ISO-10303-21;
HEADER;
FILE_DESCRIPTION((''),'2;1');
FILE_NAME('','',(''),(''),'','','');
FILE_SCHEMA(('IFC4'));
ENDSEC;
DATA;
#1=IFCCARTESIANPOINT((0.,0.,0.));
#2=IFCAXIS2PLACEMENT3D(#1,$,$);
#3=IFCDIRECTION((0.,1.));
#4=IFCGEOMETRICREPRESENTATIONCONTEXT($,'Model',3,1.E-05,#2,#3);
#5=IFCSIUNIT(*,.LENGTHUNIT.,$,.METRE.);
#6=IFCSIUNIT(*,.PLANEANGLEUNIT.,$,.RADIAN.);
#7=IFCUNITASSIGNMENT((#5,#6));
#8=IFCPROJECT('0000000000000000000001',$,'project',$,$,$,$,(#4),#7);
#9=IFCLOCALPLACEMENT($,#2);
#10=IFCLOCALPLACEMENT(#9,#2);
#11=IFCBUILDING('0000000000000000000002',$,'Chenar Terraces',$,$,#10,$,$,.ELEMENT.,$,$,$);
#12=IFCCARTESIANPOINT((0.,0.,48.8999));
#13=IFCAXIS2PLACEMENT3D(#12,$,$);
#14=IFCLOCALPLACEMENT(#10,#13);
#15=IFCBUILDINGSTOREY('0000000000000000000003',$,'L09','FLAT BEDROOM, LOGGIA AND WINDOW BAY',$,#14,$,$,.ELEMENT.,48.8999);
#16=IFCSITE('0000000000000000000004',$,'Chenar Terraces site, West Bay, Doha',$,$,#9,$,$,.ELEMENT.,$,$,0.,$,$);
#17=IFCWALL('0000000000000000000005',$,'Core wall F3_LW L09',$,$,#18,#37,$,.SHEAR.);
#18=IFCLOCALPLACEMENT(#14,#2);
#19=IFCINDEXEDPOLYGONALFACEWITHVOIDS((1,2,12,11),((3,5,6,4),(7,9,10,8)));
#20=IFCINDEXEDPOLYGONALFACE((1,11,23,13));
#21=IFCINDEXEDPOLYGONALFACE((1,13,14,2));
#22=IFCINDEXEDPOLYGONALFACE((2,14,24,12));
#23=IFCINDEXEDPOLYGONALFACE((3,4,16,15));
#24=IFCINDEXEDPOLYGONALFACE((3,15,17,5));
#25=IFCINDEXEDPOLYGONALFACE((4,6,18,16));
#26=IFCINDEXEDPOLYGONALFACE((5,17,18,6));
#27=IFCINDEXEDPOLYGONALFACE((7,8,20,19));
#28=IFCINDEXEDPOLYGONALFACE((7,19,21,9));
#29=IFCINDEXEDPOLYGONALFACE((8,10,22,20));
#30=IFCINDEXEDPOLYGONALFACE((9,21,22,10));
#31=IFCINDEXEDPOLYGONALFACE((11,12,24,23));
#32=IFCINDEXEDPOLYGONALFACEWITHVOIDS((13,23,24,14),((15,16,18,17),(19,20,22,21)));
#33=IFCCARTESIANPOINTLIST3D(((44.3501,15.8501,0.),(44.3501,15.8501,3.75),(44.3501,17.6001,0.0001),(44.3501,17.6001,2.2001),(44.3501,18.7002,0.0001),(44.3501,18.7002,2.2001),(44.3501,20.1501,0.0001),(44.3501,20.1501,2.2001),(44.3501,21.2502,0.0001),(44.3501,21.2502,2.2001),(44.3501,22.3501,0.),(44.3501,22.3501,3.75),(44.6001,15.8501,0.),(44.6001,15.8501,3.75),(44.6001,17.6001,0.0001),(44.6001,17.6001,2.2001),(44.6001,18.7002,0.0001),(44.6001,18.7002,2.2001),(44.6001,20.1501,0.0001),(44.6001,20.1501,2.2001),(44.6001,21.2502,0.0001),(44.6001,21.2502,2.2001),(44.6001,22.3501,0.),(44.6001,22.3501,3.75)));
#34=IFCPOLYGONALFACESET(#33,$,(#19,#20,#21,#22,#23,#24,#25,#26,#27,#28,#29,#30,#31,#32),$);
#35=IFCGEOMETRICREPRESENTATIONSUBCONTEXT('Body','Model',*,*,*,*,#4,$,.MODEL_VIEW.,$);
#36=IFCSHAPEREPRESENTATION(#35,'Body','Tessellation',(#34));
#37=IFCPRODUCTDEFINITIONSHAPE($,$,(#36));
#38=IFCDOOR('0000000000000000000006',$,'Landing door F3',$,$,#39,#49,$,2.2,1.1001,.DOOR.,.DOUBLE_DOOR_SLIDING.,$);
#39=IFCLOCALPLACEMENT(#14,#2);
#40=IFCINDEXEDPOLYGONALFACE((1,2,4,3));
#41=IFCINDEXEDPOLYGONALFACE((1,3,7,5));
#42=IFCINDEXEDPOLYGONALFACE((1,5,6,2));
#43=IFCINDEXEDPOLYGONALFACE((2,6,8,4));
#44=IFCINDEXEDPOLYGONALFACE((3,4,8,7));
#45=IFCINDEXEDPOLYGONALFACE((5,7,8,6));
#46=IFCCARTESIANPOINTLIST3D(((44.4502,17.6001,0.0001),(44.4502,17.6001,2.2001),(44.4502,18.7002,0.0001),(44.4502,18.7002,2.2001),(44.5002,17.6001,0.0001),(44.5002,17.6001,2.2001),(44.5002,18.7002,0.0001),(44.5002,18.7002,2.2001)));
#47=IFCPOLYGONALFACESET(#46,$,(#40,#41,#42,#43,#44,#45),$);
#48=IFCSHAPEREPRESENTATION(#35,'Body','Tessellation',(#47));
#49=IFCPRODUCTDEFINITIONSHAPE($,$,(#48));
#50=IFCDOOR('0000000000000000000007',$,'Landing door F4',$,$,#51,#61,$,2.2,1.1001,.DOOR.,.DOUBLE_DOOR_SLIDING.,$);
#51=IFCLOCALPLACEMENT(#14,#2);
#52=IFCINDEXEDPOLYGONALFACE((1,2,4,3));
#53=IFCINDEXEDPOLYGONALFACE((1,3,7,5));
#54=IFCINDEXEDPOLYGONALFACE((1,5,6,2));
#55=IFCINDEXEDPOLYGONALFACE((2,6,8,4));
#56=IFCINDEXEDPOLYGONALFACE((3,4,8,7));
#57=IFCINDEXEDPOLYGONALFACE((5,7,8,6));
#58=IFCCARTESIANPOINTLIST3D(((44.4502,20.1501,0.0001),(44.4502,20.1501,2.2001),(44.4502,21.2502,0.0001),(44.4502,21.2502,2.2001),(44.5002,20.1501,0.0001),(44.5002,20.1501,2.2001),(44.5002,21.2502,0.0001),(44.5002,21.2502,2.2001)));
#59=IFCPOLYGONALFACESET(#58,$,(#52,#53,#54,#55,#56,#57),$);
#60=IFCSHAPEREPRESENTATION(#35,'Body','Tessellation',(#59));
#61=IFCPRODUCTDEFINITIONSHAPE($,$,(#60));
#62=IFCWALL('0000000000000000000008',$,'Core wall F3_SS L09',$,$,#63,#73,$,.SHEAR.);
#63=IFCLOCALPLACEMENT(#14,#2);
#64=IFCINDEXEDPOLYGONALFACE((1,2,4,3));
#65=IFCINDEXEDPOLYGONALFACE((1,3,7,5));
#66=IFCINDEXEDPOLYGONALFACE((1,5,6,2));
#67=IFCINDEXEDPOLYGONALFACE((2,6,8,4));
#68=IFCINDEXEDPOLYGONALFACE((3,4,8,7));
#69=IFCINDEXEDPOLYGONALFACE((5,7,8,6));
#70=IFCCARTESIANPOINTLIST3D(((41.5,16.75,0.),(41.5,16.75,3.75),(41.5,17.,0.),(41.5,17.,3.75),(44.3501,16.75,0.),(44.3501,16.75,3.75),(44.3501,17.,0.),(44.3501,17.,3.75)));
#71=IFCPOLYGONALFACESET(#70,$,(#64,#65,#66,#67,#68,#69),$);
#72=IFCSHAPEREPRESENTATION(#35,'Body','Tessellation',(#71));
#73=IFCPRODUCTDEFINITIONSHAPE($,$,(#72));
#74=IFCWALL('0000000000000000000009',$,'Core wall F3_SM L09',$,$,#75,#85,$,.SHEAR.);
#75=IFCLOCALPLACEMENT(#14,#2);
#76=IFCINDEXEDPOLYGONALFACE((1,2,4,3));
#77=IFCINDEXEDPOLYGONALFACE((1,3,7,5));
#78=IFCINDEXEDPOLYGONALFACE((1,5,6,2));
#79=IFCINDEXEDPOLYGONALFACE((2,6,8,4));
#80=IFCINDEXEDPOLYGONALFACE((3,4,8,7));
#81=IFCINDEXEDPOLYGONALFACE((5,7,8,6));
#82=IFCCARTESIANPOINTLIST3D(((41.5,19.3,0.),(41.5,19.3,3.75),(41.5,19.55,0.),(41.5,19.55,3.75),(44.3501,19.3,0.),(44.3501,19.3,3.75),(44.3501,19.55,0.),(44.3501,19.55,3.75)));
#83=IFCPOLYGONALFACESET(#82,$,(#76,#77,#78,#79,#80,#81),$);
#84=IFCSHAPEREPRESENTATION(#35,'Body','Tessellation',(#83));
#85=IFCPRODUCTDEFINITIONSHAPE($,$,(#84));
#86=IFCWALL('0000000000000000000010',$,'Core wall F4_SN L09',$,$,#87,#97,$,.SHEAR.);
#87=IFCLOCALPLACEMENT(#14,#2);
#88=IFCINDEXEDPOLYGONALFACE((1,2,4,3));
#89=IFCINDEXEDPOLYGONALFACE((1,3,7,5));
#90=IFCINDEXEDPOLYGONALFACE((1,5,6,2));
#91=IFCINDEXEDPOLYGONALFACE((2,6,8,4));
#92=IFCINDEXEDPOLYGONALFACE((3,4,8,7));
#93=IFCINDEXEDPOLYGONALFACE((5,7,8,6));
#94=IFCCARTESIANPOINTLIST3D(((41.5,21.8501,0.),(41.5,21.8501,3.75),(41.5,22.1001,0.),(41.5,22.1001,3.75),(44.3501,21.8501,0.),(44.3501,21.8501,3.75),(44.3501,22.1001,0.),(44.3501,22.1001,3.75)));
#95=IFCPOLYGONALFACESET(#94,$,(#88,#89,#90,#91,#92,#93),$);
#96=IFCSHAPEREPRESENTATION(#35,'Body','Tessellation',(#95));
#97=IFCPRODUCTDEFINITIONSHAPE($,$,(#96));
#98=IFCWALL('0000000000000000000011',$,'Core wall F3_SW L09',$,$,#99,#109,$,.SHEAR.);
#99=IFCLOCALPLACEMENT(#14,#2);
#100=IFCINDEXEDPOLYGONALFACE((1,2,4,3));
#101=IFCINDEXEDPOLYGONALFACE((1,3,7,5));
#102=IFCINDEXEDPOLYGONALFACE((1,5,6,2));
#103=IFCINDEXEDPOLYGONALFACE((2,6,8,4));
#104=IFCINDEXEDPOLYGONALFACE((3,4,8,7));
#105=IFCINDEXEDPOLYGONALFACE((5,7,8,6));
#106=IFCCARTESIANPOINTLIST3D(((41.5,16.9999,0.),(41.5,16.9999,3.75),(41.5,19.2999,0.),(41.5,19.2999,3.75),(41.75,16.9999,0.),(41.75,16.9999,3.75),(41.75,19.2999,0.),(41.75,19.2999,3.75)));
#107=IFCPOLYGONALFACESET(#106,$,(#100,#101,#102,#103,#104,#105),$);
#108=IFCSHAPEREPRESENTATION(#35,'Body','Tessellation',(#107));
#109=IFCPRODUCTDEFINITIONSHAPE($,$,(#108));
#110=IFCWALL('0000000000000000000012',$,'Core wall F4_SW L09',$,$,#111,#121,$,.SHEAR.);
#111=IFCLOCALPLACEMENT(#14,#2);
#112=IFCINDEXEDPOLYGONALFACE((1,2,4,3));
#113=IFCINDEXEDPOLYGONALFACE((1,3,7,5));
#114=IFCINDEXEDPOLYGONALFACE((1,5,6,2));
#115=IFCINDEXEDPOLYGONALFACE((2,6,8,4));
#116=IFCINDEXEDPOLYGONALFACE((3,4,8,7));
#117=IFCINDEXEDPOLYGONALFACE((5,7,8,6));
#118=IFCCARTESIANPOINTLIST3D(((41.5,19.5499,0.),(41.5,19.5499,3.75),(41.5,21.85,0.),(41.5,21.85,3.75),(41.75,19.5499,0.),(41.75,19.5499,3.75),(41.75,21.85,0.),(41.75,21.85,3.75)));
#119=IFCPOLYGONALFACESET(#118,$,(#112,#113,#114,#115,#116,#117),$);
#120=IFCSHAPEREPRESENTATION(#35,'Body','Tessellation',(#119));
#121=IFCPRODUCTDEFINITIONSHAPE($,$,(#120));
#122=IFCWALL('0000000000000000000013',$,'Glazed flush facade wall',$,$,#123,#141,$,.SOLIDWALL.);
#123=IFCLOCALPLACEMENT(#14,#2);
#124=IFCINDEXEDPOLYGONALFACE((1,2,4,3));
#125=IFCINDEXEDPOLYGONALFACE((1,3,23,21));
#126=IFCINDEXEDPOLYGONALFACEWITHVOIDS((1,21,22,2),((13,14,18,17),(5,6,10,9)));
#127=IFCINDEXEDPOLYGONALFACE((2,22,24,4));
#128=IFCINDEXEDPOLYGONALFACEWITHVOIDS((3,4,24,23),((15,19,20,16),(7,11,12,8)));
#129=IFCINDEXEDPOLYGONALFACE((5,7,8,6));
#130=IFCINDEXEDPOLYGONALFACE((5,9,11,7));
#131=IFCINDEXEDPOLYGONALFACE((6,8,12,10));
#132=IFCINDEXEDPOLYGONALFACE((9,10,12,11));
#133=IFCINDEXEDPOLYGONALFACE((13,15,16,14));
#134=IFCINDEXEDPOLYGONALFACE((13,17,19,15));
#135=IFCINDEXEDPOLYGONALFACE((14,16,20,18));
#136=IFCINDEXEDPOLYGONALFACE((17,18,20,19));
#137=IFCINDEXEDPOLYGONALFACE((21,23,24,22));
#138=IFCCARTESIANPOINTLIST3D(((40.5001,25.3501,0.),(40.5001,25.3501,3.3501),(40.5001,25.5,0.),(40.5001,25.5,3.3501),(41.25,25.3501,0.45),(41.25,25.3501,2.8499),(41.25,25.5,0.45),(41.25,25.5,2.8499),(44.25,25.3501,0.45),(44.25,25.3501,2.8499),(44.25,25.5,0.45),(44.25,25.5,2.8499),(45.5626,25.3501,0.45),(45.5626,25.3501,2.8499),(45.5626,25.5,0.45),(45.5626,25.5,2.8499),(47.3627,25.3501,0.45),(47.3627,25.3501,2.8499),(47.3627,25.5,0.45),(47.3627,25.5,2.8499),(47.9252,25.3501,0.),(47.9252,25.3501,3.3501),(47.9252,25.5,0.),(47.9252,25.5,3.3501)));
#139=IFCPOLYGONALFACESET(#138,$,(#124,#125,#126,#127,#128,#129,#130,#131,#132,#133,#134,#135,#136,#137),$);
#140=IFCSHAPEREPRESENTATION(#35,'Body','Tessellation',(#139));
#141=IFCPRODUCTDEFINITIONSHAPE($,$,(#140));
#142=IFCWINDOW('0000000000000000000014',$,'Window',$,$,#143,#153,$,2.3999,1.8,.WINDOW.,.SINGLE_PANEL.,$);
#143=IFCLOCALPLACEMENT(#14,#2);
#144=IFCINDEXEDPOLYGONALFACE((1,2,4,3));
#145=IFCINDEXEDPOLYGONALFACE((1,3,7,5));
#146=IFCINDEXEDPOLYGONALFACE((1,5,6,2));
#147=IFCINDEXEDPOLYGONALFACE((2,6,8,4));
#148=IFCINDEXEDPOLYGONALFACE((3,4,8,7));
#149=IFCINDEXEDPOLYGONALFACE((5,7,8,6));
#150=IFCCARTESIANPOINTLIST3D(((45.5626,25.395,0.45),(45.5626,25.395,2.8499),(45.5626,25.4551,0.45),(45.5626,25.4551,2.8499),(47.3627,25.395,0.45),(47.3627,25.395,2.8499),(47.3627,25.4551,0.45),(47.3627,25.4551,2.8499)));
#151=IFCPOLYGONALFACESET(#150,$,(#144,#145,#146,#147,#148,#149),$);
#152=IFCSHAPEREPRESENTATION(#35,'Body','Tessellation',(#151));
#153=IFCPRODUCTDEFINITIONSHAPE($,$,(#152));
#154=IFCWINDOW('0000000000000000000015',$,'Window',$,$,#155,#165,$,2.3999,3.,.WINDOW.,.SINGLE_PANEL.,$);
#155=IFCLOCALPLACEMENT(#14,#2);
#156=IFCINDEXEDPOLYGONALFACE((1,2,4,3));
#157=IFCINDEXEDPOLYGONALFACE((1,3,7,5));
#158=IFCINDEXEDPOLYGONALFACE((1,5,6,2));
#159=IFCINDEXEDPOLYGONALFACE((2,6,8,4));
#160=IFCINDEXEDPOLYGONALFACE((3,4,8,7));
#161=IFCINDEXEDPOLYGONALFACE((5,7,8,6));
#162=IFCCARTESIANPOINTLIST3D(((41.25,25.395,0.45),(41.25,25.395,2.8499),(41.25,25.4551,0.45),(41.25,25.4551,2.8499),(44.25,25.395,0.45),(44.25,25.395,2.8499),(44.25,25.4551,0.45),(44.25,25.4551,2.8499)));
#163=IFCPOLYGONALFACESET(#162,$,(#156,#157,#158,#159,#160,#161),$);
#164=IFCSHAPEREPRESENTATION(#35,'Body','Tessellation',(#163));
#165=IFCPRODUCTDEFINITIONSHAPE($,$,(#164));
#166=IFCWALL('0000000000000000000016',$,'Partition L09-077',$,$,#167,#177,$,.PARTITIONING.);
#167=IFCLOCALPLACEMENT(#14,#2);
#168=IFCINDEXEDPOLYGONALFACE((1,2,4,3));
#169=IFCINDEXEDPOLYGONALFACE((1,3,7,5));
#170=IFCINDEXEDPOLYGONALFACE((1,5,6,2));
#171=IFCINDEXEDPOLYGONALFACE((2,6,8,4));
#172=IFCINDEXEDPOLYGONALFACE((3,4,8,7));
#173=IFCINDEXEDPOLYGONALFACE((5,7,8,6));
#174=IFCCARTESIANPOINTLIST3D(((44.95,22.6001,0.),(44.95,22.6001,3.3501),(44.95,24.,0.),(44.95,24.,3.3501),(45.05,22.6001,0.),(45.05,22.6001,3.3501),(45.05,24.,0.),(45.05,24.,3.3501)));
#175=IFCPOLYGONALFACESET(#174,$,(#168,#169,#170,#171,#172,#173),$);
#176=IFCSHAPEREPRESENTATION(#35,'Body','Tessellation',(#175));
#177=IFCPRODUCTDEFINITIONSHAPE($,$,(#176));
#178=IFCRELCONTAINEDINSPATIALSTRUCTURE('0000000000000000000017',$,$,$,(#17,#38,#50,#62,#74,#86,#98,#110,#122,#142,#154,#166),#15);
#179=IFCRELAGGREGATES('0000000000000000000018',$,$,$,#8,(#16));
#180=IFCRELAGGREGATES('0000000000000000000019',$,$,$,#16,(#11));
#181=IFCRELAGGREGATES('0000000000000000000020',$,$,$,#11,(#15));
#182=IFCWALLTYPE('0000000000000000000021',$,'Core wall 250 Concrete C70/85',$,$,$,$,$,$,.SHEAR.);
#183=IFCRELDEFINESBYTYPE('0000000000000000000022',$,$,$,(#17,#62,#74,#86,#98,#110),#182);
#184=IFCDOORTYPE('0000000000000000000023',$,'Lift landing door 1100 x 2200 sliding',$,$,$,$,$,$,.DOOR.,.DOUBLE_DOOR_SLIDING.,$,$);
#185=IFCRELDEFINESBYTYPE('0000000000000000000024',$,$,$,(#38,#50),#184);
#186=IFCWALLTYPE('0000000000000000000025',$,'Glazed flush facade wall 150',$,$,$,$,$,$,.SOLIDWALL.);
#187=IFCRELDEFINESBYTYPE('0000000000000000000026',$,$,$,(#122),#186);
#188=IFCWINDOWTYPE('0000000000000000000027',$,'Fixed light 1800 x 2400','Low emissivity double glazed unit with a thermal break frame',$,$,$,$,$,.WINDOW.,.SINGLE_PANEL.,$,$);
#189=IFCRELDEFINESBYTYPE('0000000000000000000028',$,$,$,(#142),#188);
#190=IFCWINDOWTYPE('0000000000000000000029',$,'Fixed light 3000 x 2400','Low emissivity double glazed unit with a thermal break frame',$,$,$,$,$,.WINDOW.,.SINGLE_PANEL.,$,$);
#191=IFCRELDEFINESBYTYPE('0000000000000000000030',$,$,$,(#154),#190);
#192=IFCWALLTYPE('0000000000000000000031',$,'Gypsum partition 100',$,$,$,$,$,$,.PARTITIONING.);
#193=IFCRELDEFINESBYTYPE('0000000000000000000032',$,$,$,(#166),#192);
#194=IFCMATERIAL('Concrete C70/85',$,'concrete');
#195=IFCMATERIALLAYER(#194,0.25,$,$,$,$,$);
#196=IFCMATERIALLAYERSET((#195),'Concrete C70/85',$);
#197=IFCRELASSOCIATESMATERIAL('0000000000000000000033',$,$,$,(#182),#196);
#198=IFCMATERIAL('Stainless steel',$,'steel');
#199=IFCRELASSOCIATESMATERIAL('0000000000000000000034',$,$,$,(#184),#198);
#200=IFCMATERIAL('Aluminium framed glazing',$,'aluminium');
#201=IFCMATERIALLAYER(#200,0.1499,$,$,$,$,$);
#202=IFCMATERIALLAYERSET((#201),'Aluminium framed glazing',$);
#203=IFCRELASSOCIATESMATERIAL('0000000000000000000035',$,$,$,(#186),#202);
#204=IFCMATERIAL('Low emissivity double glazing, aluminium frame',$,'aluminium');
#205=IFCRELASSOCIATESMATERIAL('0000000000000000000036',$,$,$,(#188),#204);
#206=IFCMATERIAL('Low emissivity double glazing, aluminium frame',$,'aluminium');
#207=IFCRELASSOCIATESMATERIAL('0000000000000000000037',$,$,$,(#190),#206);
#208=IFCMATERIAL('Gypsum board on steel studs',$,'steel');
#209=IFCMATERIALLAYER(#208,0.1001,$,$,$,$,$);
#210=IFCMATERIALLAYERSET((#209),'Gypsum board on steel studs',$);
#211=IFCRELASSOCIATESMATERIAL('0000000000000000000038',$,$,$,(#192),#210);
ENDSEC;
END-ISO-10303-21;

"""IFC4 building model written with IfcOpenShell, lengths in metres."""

from ifc_helpers import new_model, si_unit, direction, frame, frame_2d, origin, place, context, subcontext, project, spatial, rectangle, extrude, material, layer, layer_set, type_object, element, fill, save


model = new_model("IFC4")

# Units and contexts
model_context = context("Model", 3, precision=1e-05, world=origin(), true_north=direction((0.0, 1.0)))
body_context = subcontext(model_context, "Body", "Model", "MODEL_VIEW")
ifc_project = project(units=[si_unit("LENGTHUNIT", "METRE"), si_unit("PLANEANGLEUNIT", "RADIAN")], contexts=[model_context])

# Site, building, storey
site_placement = place(None, origin())
site = spatial("IfcSite", under=ifc_project, at=site_placement, Name="Chenar Terraces site, West Bay, Doha", CompositionType="ELEMENT", RefElevation=0.0)
building_placement = place(site_placement, origin())
building = spatial("IfcBuilding", under=site, at=building_placement, Name="Chenar Terraces", CompositionType="ELEMENT")
storey_placement = place(building_placement, frame((0.0, 0.0, 48.8999)))
storey = spatial("IfcBuildingStorey", under=building, at=storey_placement, Name="L09", Description="FLAT BEDROOM, LOGGIA AND WINDOW BAY", CompositionType="ELEMENT", Elevation=48.8999)

# Shared definitions
ifc_material_1 = material(Name="Concrete C70/85", Category="concrete")
ifc_layer_1 = layer(ifc_material_1, 0.25)
ifc_layer_set_1 = layer_set([ifc_layer_1], Name="Concrete C70/85")
wall_type_1 = type_object("IfcWallType", Name="Core wall 250 Concrete C70/85", PredefinedType="SHEAR", material=ifc_layer_set_1)

# Wall, openings, doors
wall_1_placement = place(storey_placement, frame((44.4751, 15.8501, 0.0), z_axis=(0.0, 0.0, 1.0), x_axis=(0.0, 1.0, 0.0)))
wall_1 = element("IfcWall", 1, at=wall_1_placement, inside=storey, type_object=wall_type_1, Name="Core wall F3_LW L09", PredefinedType="SHEAR", context=body_context, shape_type="SweptSolid", body=[
    extrude(rectangle(XDim=6.5, YDim=0.25, at=frame_2d((3.25, 0.0))), origin(), (0.0, 0.0, 1.0), 3.75),
])
opening_1_placement = place(wall_1_placement, frame((1.75, 0.0, 0.0)))
opening_1 = element("IfcOpeningElement", 2, at=opening_1_placement, cuts=wall_1, PredefinedType="OPENING", context=body_context, shape_type="SweptSolid", body=[
    extrude(rectangle(XDim=1.1001, YDim=2.2, at=frame_2d((0.55, 1.1001))), frame((0.0, 0.135, 0.0), z_axis=(0.0, -1.0, 0.0), x_axis=(1.0, 0.0, 0.0)), (0.0, 0.0, 1.0), 0.27),
])
opening_2_placement = place(wall_1_placement, frame((4.3, 0.0, 0.0)))
opening_2 = element("IfcOpeningElement", 3, at=opening_2_placement, cuts=wall_1, PredefinedType="OPENING", context=body_context, shape_type="SweptSolid", body=[
    extrude(rectangle(XDim=1.1001, YDim=2.2, at=frame_2d((0.55, 1.1001))), frame((0.0, 0.135, 0.0), z_axis=(0.0, -1.0, 0.0), x_axis=(1.0, 0.0, 0.0)), (0.0, 0.0, 1.0), 0.27),
])
ifc_material_2 = material(Name="Stainless steel", Category="steel")
door_type_1 = type_object("IfcDoorType", Name="Lift landing door 1100 x 2200 sliding", OperationType="DOUBLE_DOOR_SLIDING", PredefinedType="DOOR", material=ifc_material_2)
door_1_placement = place(opening_1_placement, origin())
door_1 = element("IfcDoor", 4, at=door_1_placement, inside=storey, type_object=door_type_1, Name="Landing door F3", OperationType="DOUBLE_DOOR_SLIDING", OverallHeight=2.2, OverallWidth=1.1001, PredefinedType="DOOR", context=body_context, shape_type="SweptSolid", body=[
    extrude(rectangle(XDim=1.1001, YDim=2.2, at=frame_2d((0.55, 1.1001))), frame((0.0, 0.0249, 0.0), z_axis=(0.0, -1.0, 0.0), x_axis=(1.0, 0.0, 0.0)), (0.0, 0.0, 1.0), 0.05),
])
fill(opening_1, door_1)
door_2_placement = place(opening_2_placement, origin())
door_2 = element("IfcDoor", 5, at=door_2_placement, inside=storey, type_object=door_type_1, Name="Landing door F4", OperationType="DOUBLE_DOOR_SLIDING", OverallHeight=2.2, OverallWidth=1.1001, PredefinedType="DOOR", context=body_context, shape_type="SweptSolid", body=[
    extrude(rectangle(XDim=1.1001, YDim=2.2, at=frame_2d((0.55, 1.1001))), frame((0.0, 0.0249, 0.0), z_axis=(0.0, -1.0, 0.0), x_axis=(1.0, 0.0, 0.0)), (0.0, 0.0, 1.0), 0.05),
])
fill(opening_2, door_2)

# Walls
for number, where, z_axis, x_axis, name in (
    (6, (41.5, 16.875, 0.0), (0.0, 0.0, 1.0), (1.0, 0.0, 0.0), "Core wall F3_SS L09"),
    (7, (41.5, 19.425, 0.0), (0.0, 0.0, 1.0), (1.0, 0.0, 0.0), "Core wall F3_SM L09"),
    (8, (41.5, 21.9751, 0.0), (0.0, 0.0, 1.0), (1.0, 0.0, 0.0), "Core wall F4_SN L09"),
):
    element("IfcWall", number, at=place(storey_placement, frame(where, z_axis=z_axis, x_axis=x_axis)), inside=storey, type_object=wall_type_1, Name=name, PredefinedType="SHEAR", context=body_context, shape_type="SweptSolid", body=[
        extrude(rectangle(XDim=2.8501, YDim=0.25, at=frame_2d((1.425, 0.0))), origin(), (0.0, 0.0, 1.0), 3.75),
    ])
for number, where, z_axis, x_axis, name in (
    (9, (41.625, 17.0, 0.0), (0.0, 0.0, 1.0), (0.0, 1.0, 0.0), "Core wall F3_SW L09"),
    (10, (41.625, 19.55, 0.0), (0.0, 0.0, 1.0), (0.0, 1.0, 0.0), "Core wall F4_SW L09"),
):
    element("IfcWall", number, at=place(storey_placement, frame(where, z_axis=z_axis, x_axis=x_axis)), inside=storey, type_object=wall_type_1, Name=name, PredefinedType="SHEAR", context=body_context, shape_type="SweptSolid", body=[
        extrude(rectangle(XDim=2.3, YDim=0.25, at=frame_2d((1.1499, 0.0))), origin(), (0.0, 0.0, 1.0), 3.75),
    ])

# Wall, openings, windows
ifc_material_3 = material(Name="Aluminium framed glazing", Category="aluminium")
ifc_layer_2 = layer(ifc_material_3, 0.1499)
ifc_layer_set_2 = layer_set([ifc_layer_2], Name="Aluminium framed glazing")
wall_type_2 = type_object("IfcWallType", Name="Glazed flush facade wall 150", PredefinedType="SOLIDWALL", material=ifc_layer_set_2)
wall_2_placement = place(storey_placement, frame((47.925, 25.425, 0.0), z_axis=(0.0, 0.0, 1.0), x_axis=(-1.0, 0.0, 0.0)))
wall_2 = element("IfcWall", 11, at=wall_2_placement, inside=storey, type_object=wall_type_2, Name="Glazed flush facade wall", PredefinedType="SOLIDWALL", context=body_context, shape_type="SweptSolid", body=[
    extrude(rectangle(XDim=7.425, YDim=0.1499, at=frame_2d((3.7124, 0.0))), origin(), (0.0, 0.0, 1.0), 3.3501),
])
opening_3_placement = place(wall_2_placement, frame((0.5625, 0.0, 0.45)))
opening_3 = element("IfcOpeningElement", 12, at=opening_3_placement, cuts=wall_2, PredefinedType="OPENING", context=body_context, shape_type="SweptSolid", body=[
    extrude(rectangle(XDim=1.8, YDim=2.3999, at=frame_2d((0.8999, 1.2))), frame((0.0, 0.085, 0.0), z_axis=(0.0, -1.0, 0.0), x_axis=(1.0, 0.0, 0.0)), (0.0, 0.0, 1.0), 0.1699),
])
opening_4_placement = place(wall_2_placement, frame((3.675, 0.0, 0.45)))
opening_4 = element("IfcOpeningElement", 13, at=opening_4_placement, cuts=wall_2, PredefinedType="OPENING", context=body_context, shape_type="SweptSolid", body=[
    extrude(rectangle(XDim=3.0, YDim=2.3999, at=frame_2d((1.5, 1.2))), frame((0.0, 0.085, 0.0), z_axis=(0.0, -1.0, 0.0), x_axis=(1.0, 0.0, 0.0)), (0.0, 0.0, 1.0), 0.1699),
])
ifc_material_4 = material(Name="Low emissivity double glazing, aluminium frame", Category="aluminium")
window_type_1 = type_object("IfcWindowType", Name="Fixed light 1800 x 2400", Description="Low emissivity double glazed unit with a thermal break frame", PartitioningType="SINGLE_PANEL", PredefinedType="WINDOW", material=ifc_material_4)
window_1_placement = place(opening_3_placement, origin())
window_1 = element("IfcWindow", 14, at=window_1_placement, inside=storey, type_object=window_type_1, Name="Window", OverallHeight=2.3999, OverallWidth=1.8, PartitioningType="SINGLE_PANEL", PredefinedType="WINDOW", context=body_context, shape_type="SweptSolid", body=[
    extrude(rectangle(XDim=1.8, YDim=2.3999, at=frame_2d((0.8999, 1.2))), frame((0.0, 0.03, 0.0), z_axis=(0.0, -1.0, 0.0), x_axis=(1.0, 0.0, 0.0)), (0.0, 0.0, 1.0), 0.0601),
])
fill(opening_3, window_1)
ifc_material_5 = material(Name="Low emissivity double glazing, aluminium frame", Category="aluminium")
window_type_2 = type_object("IfcWindowType", Name="Fixed light 3000 x 2400", Description="Low emissivity double glazed unit with a thermal break frame", PartitioningType="SINGLE_PANEL", PredefinedType="WINDOW", material=ifc_material_5)
window_2_placement = place(opening_4_placement, origin())
window_2 = element("IfcWindow", 15, at=window_2_placement, inside=storey, type_object=window_type_2, Name="Window", OverallHeight=2.3999, OverallWidth=3.0, PartitioningType="SINGLE_PANEL", PredefinedType="WINDOW", context=body_context, shape_type="SweptSolid", body=[
    extrude(rectangle(XDim=3.0, YDim=2.3999, at=frame_2d((1.5, 1.2))), frame((0.0, 0.03, 0.0), z_axis=(0.0, -1.0, 0.0), x_axis=(1.0, 0.0, 0.0)), (0.0, 0.0, 1.0), 0.0601),
])
fill(opening_4, window_2)

# Wall
ifc_material_6 = material(Name="Gypsum board on steel studs", Category="steel")
ifc_layer_3 = layer(ifc_material_6, 0.1001)
ifc_layer_set_3 = layer_set([ifc_layer_3], Name="Gypsum board on steel studs")
wall_type_3 = type_object("IfcWallType", Name="Gypsum partition 100", PredefinedType="PARTITIONING", material=ifc_layer_set_3)
wall_3_placement = place(storey_placement, frame((45.0, 22.6001, 0.0), z_axis=(0.0, 0.0, 1.0), x_axis=(0.0, 1.0, 0.0)))
element("IfcWall", 16, at=wall_3_placement, inside=storey, type_object=wall_type_3, Name="Partition L09-077", PredefinedType="PARTITIONING", context=body_context, shape_type="SweptSolid", body=[
    extrude(rectangle(XDim=1.3999, YDim=0.1001, at=frame_2d((0.7, 0.0))), origin(), (0.0, 0.0, 1.0), 3.3501),
])

save(model, "model.ifc")
